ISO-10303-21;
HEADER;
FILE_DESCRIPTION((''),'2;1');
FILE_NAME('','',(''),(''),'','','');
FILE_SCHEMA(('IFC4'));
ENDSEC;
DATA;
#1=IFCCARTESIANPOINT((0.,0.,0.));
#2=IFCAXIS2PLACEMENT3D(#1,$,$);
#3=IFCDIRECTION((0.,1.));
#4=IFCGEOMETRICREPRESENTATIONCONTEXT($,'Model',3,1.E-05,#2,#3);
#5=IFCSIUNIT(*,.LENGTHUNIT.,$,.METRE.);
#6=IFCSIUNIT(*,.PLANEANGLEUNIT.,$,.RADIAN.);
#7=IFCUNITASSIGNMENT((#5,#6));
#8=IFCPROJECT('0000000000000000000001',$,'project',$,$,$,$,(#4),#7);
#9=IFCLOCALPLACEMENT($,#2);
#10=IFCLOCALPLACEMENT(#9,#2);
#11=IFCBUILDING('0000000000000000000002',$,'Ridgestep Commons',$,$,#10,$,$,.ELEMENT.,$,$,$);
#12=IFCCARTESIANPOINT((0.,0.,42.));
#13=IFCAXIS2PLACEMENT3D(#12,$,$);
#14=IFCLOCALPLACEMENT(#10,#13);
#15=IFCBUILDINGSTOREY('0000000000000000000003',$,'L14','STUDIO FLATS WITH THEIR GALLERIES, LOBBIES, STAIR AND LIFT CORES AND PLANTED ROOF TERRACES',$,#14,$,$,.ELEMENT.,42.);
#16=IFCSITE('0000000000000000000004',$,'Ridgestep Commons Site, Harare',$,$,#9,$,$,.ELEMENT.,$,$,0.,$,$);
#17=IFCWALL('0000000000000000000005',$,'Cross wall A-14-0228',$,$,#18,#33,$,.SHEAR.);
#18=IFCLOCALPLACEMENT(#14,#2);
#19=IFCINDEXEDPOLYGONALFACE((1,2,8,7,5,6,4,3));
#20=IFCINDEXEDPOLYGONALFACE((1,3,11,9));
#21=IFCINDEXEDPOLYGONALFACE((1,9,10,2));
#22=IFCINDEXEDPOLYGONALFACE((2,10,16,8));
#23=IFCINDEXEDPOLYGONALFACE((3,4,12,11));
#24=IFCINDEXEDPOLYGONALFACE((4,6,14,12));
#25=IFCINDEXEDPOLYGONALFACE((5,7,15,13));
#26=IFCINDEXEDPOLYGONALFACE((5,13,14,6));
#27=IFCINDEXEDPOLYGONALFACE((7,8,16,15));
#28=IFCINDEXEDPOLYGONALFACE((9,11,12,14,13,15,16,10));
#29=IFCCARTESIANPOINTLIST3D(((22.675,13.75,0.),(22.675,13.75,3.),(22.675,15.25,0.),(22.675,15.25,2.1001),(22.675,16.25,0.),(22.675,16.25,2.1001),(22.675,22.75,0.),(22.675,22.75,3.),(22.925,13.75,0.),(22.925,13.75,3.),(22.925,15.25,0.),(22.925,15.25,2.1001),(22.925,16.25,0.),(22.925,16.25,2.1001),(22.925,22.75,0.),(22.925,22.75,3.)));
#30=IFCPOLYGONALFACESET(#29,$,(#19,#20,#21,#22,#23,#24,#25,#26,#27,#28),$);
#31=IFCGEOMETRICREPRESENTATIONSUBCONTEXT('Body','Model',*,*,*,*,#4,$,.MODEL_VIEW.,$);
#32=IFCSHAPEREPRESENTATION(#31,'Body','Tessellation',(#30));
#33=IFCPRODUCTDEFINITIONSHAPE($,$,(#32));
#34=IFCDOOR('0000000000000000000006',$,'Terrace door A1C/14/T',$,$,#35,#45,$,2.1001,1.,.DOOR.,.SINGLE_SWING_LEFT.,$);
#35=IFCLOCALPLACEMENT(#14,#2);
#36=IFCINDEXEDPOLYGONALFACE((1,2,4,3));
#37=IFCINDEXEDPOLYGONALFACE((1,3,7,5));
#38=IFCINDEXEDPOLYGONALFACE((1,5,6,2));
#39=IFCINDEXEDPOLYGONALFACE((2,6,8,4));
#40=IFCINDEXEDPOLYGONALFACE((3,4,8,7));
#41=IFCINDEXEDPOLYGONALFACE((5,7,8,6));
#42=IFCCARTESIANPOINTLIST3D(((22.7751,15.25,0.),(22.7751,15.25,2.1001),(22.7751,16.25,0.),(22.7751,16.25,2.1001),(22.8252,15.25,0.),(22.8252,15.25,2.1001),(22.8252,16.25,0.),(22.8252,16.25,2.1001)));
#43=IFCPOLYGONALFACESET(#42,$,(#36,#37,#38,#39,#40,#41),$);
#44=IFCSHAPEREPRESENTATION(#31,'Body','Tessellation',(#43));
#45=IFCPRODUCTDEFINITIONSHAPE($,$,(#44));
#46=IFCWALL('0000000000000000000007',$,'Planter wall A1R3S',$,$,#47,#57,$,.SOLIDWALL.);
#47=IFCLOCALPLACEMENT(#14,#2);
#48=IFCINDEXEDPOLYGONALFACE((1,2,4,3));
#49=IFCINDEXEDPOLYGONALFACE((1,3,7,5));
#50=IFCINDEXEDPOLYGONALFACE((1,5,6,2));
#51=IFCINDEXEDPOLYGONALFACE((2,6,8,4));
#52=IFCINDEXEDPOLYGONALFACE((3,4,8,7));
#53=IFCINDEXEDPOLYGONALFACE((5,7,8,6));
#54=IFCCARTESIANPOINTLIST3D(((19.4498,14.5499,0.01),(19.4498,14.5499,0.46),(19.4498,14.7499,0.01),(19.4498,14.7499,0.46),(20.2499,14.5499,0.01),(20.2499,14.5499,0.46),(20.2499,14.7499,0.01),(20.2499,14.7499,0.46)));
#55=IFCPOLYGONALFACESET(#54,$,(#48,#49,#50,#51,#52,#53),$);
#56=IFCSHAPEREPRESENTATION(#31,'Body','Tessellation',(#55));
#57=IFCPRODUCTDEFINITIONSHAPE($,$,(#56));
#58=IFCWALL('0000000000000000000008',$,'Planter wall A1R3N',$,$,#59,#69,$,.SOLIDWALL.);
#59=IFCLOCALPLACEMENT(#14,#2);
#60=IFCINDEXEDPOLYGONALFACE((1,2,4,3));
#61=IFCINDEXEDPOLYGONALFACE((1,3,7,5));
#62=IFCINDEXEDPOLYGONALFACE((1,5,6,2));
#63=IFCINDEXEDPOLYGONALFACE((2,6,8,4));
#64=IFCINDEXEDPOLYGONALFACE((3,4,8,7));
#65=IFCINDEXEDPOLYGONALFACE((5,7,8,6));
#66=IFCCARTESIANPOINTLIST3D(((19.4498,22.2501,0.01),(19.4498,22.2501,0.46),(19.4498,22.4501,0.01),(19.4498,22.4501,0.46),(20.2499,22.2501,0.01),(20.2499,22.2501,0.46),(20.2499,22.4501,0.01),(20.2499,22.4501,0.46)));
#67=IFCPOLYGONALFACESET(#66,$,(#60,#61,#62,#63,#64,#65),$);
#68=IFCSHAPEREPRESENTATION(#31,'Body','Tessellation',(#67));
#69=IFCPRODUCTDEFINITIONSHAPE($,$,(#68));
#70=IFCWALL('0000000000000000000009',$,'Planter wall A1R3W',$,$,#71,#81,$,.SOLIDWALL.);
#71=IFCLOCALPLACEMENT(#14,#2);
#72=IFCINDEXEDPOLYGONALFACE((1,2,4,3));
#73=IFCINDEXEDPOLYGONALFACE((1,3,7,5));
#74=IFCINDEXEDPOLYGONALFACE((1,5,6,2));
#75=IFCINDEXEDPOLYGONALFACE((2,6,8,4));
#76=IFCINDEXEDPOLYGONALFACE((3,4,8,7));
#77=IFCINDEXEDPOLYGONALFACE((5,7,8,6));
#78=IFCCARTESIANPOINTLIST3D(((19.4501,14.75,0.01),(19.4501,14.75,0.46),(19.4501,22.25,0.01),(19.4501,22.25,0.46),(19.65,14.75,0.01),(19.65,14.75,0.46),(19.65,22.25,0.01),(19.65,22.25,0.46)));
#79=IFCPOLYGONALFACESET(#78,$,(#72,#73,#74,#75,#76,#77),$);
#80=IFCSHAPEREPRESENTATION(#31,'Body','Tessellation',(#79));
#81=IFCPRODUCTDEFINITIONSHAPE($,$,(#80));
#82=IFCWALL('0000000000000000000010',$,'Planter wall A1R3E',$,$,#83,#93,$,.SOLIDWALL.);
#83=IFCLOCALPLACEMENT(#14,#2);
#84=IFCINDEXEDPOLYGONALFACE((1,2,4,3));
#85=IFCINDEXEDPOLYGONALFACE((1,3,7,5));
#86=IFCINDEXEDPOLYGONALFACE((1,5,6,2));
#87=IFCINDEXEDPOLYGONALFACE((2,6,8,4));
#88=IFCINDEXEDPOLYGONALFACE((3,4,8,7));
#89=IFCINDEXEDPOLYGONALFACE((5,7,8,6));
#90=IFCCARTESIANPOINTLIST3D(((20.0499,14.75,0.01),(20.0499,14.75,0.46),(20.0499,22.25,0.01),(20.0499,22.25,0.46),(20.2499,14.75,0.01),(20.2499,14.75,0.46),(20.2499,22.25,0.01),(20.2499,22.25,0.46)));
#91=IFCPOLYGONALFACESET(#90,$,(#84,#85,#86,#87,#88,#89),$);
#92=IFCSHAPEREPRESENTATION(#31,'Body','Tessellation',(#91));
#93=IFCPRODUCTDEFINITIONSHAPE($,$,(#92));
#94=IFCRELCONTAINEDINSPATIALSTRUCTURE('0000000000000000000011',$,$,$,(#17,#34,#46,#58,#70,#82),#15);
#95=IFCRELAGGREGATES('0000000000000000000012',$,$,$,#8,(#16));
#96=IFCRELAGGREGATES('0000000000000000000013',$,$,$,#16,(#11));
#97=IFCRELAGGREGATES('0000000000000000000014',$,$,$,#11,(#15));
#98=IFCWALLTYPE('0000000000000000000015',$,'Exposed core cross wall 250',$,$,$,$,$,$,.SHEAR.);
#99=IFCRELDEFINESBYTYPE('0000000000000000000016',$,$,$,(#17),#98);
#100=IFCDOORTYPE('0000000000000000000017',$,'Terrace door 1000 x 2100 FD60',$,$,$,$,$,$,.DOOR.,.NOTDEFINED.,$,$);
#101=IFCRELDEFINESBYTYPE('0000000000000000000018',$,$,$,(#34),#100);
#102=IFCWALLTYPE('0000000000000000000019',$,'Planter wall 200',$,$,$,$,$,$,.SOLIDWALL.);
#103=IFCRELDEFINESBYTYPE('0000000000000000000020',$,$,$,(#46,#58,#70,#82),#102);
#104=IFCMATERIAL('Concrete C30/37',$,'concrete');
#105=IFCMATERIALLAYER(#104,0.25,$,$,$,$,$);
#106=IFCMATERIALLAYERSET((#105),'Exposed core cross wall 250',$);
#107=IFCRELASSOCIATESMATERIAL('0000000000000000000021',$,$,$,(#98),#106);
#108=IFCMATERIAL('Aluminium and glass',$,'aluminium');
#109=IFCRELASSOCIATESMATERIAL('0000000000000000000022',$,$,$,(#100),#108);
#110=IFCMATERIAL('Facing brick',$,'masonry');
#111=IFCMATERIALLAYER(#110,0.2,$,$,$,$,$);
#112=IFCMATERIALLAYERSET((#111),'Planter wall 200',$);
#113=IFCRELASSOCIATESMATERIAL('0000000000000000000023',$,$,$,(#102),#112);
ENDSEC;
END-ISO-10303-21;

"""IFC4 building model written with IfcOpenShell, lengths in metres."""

from ifc_helpers import new_model, si_unit, direction, frame, frame_2d, origin, place, context, subcontext, project, spatial, rectangle, extrude, material, layer, layer_set, type_object, element, fill, save


model = new_model("IFC4")

# Units and contexts
model_context = context("Model", 3, precision=1e-05, world=origin(), true_north=direction((0.0, 1.0)))
body_context = subcontext(model_context, "Body", "Model", "MODEL_VIEW")
ifc_project = project(units=[si_unit("LENGTHUNIT", "METRE"), si_unit("PLANEANGLEUNIT", "RADIAN")], contexts=[model_context])

# Site, building, storey
site_placement = place(None, origin())
site = spatial("IfcSite", under=ifc_project, at=site_placement, Name="Ridgestep Commons Site, Harare", CompositionType="ELEMENT", RefElevation=0.0)
building_placement = place(site_placement, origin())
building = spatial("IfcBuilding", under=site, at=building_placement, Name="Ridgestep Commons", CompositionType="ELEMENT")
storey_placement = place(building_placement, frame((0.0, 0.0, 42.0)))
storey = spatial("IfcBuildingStorey", under=building, at=storey_placement, Name="L14", Description="STUDIO FLATS WITH THEIR GALLERIES, LOBBIES, STAIR AND LIFT CORES AND PLANTED ROOF TERRACES", CompositionType="ELEMENT", Elevation=42.0)

# Wall, opening, door
ifc_material_1 = material(Name="Concrete C30/37", Category="concrete")
ifc_layer_1 = layer(ifc_material_1, 0.25)
ifc_layer_set_1 = layer_set([ifc_layer_1], Name="Exposed core cross wall 250")
wall_type_1 = type_object("IfcWallType", Name="Exposed core cross wall 250", PredefinedType="SHEAR", material=ifc_layer_set_1)
wall_1_placement = place(storey_placement, frame((22.8, 13.75, 0.0), z_axis=(0.0, 0.0, 1.0), x_axis=(0.0, 1.0, 0.0)))
wall_1 = element("IfcWall", 1, at=wall_1_placement, inside=storey, type_object=wall_type_1, Name="Cross wall A-14-0228", PredefinedType="SHEAR", context=body_context, shape_type="SweptSolid", body=[
    extrude(rectangle(XDim=9.0, YDim=0.25, at=frame_2d((4.5, 0.0))), origin(), (0.0, 0.0, 1.0), 3.0),
])
opening_1_placement = place(wall_1_placement, frame((1.5, 0.0, 0.0)))
opening_1 = element("IfcOpeningElement", 2, at=opening_1_placement, cuts=wall_1, PredefinedType="OPENING", context=body_context, shape_type="SweptSolid", body=[
    extrude(rectangle(XDim=1.0, YDim=2.1001, at=frame_2d((0.5, 1.05))), frame((0.0, 0.135, 0.0), z_axis=(0.0, -1.0, 0.0), x_axis=(1.0, 0.0, 0.0)), (0.0, 0.0, 1.0), 0.27),
])
ifc_material_2 = material(Name="Aluminium and glass", Category="aluminium")
door_type_1 = type_object("IfcDoorType", Name="Terrace door 1000 x 2100 FD60", OperationType="NOTDEFINED", PredefinedType="DOOR", material=ifc_material_2)
door_1_placement = place(opening_1_placement, origin())
door_1 = element("IfcDoor", 3, at=door_1_placement, inside=storey, type_object=door_type_1, Name="Terrace door A1C/14/T", OperationType="SINGLE_SWING_LEFT", OverallHeight=2.1001, OverallWidth=1.0, PredefinedType="DOOR", context=body_context, shape_type="SweptSolid", body=[
    extrude(rectangle(XDim=1.0, YDim=2.1001, at=frame_2d((0.5, 1.05))), frame((0.0, 0.0249, 0.0), z_axis=(0.0, -1.0, 0.0), x_axis=(1.0, 0.0, 0.0)), (0.0, 0.0, 1.0), 0.05),
])
fill(opening_1, door_1)

# Walls
ifc_material_3 = material(Name="Facing brick", Category="masonry")
ifc_layer_2 = layer(ifc_material_3, 0.2)
ifc_layer_set_2 = layer_set([ifc_layer_2], Name="Planter wall 200")
wall_type_2 = type_object("IfcWallType", Name="Planter wall 200", PredefinedType="SOLIDWALL", material=ifc_layer_set_2)
for number, where, z_axis, x_axis, name in (
    (4, (19.45, 14.6499, 0.01), (0.0, 0.0, 1.0), (1.0, 0.0, 0.0), "Planter wall A1R3S"),
    (5, (19.45, 22.3501, 0.01), (0.0, 0.0, 1.0), (1.0, 0.0, 0.0), "Planter wall A1R3N"),
):
    element("IfcWall", number, at=place(storey_placement, frame(where, z_axis=z_axis, x_axis=x_axis)), inside=storey, type_object=wall_type_2, Name=name, PredefinedType="SOLIDWALL", context=body_context, shape_type="SweptSolid", body=[
        extrude(rectangle(XDim=0.8, YDim=0.2, at=frame_2d((0.3999, 0.0))), origin(), (0.0, 0.0, 1.0), 0.45),
    ])
for number, where, z_axis, x_axis, name in (
    (6, (19.55, 14.75, 0.01), (0.0, 0.0, 1.0), (0.0, 1.0, 0.0), "Planter wall A1R3W"),
    (7, (20.1499, 14.75, 0.01), (0.0, 0.0, 1.0), (0.0, 1.0, 0.0), "Planter wall A1R3E"),
):
    element("IfcWall", number, at=place(storey_placement, frame(where, z_axis=z_axis, x_axis=x_axis)), inside=storey, type_object=wall_type_2, Name=name, PredefinedType="SOLIDWALL", context=body_context, shape_type="SweptSolid", body=[
        extrude(rectangle(XDim=7.5, YDim=0.2, at=frame_2d((3.75, 0.0))), origin(), (0.0, 0.0, 1.0), 0.45),
    ])

save(model, "model.ifc")
